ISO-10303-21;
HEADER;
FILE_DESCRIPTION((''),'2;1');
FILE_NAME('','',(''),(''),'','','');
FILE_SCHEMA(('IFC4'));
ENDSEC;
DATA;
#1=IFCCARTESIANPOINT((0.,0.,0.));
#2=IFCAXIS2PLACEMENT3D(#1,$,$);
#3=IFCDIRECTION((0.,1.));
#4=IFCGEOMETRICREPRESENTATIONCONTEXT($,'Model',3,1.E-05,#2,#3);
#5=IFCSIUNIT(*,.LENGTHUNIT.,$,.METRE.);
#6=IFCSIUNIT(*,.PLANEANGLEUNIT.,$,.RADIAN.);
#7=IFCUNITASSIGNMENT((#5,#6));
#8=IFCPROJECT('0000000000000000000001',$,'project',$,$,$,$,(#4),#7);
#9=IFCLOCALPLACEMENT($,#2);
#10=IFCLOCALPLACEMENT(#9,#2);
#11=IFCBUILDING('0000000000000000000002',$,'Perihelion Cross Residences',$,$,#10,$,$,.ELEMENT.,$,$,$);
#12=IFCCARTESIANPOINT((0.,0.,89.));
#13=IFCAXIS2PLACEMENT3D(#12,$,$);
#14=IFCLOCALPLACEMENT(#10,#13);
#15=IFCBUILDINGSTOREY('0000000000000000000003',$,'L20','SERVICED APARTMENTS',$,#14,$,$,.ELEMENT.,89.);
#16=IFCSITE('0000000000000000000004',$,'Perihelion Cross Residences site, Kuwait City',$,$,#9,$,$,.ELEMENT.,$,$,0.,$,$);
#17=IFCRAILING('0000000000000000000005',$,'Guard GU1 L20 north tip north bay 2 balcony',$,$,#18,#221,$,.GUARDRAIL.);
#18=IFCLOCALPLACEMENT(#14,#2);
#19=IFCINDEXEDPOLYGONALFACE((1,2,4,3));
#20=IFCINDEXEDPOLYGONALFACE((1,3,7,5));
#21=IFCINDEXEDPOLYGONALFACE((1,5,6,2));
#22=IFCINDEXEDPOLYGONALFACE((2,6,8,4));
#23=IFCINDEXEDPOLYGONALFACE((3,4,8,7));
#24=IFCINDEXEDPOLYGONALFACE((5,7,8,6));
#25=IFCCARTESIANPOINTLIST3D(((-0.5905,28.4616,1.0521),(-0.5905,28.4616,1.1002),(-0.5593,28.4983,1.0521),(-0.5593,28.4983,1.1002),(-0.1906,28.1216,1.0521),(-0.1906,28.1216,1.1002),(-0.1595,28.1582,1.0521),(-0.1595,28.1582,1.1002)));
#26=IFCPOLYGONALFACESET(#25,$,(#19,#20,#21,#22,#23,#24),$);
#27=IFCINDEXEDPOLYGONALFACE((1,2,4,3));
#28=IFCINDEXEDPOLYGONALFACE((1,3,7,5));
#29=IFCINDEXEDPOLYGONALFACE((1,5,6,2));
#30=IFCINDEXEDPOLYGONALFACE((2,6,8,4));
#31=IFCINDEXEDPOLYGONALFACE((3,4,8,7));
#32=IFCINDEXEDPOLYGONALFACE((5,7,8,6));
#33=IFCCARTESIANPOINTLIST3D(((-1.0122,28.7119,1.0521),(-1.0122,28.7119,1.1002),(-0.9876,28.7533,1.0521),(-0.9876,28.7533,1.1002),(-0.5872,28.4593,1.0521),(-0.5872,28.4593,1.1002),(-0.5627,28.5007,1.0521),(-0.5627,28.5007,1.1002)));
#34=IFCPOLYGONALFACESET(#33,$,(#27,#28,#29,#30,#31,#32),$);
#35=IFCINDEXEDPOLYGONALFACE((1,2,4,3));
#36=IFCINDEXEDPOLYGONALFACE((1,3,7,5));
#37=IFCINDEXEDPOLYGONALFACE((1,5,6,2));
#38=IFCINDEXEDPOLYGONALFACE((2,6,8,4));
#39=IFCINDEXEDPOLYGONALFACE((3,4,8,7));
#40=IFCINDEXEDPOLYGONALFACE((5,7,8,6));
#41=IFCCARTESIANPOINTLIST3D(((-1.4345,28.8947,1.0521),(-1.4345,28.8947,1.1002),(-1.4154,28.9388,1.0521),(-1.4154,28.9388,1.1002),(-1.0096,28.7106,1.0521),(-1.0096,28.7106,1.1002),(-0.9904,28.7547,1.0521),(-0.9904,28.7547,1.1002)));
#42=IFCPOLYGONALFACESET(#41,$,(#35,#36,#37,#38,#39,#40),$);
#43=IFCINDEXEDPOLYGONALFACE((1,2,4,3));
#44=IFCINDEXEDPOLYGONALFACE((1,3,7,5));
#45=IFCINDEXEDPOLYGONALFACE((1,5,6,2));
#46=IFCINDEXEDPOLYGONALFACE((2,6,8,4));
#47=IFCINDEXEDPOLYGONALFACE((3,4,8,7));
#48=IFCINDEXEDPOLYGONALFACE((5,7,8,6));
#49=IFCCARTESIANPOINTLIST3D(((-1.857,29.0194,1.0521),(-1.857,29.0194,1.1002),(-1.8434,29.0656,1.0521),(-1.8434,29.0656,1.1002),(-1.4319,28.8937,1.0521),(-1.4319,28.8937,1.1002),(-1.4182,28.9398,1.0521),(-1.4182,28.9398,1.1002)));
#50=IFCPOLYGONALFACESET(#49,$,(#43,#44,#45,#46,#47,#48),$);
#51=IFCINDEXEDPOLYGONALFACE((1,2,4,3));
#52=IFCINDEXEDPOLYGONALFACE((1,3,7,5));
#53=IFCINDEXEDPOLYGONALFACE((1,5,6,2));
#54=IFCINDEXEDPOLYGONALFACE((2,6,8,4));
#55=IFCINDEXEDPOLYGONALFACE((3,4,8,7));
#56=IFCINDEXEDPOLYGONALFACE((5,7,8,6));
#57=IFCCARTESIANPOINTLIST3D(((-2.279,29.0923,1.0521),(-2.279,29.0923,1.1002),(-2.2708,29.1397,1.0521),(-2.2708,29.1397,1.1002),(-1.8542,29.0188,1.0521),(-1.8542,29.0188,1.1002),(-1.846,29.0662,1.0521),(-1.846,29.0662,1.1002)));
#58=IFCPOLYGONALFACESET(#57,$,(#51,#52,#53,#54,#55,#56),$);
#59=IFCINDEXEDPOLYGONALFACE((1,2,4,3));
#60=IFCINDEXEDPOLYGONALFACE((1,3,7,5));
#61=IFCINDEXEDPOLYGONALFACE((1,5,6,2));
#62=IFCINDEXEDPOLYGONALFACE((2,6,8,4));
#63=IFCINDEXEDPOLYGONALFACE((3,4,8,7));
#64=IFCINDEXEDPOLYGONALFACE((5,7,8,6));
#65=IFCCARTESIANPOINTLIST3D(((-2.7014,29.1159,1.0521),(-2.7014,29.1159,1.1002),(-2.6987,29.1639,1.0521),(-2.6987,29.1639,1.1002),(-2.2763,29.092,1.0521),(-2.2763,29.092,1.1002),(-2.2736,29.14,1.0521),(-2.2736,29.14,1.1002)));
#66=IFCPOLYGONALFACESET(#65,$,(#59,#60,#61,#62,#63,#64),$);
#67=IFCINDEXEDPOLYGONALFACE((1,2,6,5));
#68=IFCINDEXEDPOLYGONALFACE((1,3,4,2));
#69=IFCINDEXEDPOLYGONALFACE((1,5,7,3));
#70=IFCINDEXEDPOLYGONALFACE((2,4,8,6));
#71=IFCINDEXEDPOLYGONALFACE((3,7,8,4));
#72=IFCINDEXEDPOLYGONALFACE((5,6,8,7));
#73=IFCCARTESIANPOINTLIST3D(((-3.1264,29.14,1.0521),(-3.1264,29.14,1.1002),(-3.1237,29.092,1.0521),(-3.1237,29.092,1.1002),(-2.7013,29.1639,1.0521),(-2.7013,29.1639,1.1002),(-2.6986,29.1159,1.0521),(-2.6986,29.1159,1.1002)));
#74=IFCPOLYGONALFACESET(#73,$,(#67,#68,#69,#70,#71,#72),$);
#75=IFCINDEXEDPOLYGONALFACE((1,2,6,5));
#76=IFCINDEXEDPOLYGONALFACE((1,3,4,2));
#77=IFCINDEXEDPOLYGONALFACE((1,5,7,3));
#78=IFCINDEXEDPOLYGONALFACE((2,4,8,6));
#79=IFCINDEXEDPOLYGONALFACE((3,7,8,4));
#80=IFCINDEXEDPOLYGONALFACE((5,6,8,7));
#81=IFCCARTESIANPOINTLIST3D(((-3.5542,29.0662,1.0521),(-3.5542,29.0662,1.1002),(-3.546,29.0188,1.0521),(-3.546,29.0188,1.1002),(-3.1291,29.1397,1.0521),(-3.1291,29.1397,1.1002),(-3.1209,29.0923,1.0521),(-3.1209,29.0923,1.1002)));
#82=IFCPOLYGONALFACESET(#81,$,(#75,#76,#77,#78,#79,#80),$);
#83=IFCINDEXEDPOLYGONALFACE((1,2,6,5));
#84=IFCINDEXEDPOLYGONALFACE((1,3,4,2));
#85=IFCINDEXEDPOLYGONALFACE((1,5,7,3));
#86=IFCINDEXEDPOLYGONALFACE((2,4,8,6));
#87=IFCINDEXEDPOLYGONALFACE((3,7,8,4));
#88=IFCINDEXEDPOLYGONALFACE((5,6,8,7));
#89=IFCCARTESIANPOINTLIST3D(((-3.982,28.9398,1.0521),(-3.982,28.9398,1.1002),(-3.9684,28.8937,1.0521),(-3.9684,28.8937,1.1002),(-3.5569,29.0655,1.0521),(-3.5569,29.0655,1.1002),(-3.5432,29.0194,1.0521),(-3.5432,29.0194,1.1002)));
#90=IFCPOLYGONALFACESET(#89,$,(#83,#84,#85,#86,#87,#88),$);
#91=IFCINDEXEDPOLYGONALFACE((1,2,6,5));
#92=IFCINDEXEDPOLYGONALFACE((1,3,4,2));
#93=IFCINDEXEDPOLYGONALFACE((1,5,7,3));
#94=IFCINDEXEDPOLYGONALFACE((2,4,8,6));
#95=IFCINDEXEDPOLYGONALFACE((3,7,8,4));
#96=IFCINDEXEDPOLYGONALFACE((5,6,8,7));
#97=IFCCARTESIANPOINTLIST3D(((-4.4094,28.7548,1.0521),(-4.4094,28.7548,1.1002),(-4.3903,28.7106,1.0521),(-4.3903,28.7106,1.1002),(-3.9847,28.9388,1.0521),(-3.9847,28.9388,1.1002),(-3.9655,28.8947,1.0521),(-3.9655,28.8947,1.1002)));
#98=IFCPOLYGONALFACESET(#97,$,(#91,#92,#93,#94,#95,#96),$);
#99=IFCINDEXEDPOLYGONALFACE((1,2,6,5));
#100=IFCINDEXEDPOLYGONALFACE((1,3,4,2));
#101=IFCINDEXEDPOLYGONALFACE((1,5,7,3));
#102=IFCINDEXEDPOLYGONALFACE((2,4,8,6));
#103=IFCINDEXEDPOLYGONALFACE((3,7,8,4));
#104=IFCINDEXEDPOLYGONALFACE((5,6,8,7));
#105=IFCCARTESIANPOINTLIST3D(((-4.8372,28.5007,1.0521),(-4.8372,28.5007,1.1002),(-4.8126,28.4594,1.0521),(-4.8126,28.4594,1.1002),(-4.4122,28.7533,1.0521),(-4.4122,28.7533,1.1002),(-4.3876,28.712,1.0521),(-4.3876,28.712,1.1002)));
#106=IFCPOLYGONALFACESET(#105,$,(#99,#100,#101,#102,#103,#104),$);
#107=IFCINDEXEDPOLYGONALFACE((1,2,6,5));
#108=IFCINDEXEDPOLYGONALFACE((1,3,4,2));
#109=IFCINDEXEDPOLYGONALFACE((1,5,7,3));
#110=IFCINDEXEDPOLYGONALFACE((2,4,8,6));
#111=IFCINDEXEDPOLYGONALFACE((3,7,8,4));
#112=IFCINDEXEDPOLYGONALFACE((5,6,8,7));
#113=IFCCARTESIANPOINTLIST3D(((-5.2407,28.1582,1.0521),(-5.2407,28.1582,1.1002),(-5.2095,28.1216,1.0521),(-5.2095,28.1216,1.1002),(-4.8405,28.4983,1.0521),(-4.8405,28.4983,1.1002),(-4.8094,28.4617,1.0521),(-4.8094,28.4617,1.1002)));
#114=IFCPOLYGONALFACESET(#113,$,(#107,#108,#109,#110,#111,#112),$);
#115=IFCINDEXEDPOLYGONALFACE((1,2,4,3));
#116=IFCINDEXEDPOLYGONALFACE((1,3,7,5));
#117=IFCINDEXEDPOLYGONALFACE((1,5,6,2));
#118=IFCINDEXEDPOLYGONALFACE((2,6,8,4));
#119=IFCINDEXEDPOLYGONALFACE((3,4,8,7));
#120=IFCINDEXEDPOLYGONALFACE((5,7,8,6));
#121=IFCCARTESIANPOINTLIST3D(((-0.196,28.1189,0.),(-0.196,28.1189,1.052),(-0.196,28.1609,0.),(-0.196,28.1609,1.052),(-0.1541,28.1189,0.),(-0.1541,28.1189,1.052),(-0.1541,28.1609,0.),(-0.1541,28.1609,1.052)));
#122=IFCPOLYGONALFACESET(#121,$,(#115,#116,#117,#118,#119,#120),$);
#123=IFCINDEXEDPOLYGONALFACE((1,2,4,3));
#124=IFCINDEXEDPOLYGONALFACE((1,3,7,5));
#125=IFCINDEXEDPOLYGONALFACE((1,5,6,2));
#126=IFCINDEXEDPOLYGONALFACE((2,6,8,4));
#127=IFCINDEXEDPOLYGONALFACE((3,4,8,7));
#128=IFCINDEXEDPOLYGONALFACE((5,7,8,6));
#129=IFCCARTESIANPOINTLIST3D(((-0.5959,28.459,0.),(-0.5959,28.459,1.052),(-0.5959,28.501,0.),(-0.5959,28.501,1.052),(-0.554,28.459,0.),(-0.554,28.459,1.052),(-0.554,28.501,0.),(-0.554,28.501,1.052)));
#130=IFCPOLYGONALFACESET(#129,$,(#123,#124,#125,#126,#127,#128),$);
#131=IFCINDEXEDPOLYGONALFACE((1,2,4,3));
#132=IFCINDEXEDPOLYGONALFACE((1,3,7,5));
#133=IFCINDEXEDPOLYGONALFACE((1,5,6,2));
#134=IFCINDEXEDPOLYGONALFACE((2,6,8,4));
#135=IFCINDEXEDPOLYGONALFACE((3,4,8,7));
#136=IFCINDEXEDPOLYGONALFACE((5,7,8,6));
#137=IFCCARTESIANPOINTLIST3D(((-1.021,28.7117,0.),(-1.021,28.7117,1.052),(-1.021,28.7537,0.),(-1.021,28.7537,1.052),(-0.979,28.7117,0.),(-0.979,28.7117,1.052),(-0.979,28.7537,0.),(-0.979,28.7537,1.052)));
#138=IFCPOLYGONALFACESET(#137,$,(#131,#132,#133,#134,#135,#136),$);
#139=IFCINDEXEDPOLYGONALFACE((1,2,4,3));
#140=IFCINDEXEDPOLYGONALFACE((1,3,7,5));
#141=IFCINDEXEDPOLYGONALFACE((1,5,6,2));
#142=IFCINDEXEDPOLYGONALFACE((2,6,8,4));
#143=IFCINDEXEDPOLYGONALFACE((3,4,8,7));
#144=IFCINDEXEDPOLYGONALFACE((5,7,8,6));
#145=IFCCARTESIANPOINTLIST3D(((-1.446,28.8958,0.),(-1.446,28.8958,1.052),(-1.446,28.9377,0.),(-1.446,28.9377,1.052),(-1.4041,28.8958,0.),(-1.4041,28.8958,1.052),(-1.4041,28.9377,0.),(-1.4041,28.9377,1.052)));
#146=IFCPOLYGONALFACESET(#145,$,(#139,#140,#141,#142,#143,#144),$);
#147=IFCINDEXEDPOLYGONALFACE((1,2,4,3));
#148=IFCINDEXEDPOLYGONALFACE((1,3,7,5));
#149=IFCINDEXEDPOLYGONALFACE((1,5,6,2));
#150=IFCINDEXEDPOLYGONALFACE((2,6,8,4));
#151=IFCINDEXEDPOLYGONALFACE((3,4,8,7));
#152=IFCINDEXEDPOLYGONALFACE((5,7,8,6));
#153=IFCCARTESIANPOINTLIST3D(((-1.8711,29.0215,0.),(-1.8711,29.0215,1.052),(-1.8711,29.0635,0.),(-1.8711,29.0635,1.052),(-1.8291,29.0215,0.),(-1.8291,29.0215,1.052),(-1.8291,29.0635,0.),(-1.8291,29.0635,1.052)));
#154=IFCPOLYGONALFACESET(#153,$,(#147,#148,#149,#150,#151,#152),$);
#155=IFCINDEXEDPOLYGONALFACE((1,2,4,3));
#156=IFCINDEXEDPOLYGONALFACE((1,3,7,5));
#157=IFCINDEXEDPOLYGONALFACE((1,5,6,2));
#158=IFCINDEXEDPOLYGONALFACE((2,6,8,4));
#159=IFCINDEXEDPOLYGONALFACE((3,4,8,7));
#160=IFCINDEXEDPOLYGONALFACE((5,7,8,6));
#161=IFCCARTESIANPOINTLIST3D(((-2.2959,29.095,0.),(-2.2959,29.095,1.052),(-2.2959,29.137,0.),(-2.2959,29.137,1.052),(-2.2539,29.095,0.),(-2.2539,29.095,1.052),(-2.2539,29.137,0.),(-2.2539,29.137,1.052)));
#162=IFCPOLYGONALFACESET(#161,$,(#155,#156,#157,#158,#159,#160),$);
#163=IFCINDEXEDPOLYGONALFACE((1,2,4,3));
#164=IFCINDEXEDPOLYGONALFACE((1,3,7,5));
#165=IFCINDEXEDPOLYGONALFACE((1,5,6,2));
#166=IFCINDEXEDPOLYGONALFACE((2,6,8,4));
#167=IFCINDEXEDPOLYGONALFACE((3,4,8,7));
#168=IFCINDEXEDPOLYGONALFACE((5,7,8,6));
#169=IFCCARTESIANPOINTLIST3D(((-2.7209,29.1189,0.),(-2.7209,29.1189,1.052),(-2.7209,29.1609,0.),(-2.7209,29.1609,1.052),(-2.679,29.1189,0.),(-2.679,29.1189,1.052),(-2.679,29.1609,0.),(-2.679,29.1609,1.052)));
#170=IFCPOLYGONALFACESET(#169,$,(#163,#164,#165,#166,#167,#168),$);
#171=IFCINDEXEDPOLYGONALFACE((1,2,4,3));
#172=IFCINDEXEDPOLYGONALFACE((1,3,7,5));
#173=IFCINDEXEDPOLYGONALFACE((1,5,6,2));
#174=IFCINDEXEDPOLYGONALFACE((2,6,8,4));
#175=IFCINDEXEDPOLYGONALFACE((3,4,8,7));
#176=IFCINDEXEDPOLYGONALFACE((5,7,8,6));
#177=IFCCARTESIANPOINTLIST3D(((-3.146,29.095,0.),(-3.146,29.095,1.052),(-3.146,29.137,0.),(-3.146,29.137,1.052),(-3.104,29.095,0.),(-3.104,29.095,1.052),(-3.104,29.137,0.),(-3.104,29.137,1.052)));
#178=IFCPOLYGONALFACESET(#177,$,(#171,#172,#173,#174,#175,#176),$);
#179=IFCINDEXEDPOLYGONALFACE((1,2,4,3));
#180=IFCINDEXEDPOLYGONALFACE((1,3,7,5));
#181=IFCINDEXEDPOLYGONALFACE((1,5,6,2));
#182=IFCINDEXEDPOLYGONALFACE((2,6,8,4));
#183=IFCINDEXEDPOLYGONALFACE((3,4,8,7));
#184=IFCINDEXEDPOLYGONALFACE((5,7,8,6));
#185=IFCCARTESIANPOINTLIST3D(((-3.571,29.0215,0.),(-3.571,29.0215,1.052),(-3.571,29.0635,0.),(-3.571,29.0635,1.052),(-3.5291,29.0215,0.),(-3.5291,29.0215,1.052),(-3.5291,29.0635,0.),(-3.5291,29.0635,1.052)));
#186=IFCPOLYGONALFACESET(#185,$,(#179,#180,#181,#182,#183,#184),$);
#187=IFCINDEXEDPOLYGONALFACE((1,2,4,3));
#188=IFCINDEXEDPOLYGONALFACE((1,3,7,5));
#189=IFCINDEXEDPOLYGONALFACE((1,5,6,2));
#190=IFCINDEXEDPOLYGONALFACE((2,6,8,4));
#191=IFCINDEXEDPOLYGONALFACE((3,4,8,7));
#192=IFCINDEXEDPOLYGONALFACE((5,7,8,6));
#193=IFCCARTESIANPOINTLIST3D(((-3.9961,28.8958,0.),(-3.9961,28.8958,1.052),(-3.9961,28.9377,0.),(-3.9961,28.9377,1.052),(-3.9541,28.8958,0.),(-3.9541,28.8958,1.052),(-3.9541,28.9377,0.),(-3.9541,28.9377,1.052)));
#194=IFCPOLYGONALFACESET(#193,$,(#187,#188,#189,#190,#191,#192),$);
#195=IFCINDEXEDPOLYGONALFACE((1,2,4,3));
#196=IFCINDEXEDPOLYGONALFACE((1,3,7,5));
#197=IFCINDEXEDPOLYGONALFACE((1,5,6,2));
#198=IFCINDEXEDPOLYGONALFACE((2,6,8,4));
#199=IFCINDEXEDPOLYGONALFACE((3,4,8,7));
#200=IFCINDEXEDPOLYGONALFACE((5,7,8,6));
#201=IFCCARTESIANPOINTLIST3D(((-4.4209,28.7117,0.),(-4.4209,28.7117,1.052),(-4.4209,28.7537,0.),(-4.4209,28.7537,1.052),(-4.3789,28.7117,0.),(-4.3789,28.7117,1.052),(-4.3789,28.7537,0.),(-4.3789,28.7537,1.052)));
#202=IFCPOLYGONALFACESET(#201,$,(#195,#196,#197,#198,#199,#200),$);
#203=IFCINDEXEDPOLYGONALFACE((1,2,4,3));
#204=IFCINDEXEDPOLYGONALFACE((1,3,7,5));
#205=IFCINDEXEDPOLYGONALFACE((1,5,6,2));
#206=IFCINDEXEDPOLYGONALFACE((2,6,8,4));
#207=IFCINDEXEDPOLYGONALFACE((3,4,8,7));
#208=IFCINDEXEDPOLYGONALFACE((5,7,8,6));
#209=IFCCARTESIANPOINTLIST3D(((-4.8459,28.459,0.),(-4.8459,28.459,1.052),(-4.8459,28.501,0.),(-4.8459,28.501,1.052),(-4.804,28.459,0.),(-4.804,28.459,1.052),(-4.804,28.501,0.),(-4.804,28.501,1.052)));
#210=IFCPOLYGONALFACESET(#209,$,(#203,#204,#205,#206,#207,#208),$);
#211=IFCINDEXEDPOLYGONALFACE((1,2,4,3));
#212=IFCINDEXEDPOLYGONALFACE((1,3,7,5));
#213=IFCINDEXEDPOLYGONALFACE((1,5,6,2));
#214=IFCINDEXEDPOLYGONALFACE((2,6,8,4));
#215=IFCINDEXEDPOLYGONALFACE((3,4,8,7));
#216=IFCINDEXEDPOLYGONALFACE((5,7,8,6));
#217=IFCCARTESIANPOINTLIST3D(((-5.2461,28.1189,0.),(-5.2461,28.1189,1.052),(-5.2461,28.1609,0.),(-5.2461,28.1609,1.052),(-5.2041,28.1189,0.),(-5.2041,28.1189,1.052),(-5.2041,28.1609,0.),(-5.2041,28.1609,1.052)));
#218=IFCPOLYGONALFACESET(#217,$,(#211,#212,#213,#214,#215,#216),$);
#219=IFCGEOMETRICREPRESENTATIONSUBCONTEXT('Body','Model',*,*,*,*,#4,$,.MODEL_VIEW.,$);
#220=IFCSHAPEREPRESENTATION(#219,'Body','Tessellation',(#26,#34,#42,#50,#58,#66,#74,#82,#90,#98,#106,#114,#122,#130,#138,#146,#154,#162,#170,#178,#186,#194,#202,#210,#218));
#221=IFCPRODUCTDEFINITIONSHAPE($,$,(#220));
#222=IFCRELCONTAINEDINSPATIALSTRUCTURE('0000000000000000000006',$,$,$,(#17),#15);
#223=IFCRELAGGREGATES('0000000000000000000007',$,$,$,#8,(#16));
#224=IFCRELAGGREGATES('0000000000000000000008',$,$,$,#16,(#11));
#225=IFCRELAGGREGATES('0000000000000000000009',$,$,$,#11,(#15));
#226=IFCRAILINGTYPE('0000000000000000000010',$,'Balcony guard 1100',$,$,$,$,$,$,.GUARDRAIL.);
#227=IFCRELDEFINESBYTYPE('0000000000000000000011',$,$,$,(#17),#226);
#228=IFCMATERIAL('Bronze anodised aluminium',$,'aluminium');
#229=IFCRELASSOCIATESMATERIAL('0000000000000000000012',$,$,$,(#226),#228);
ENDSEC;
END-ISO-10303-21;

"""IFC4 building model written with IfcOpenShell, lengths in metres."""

from ifc_helpers import new_model, si_unit, direction, frame, origin, origin_2d, place, context, subcontext, project, spatial, rectangle, extrude, material, type_object, element, save


model = new_model("IFC4")

# Units and contexts
model_context = context("Model", 3, precision=1e-05, world=origin(), true_north=direction((0.0, 1.0)))
body_context = subcontext(model_context, "Body", "Model", "MODEL_VIEW")
ifc_project = project(units=[si_unit("LENGTHUNIT", "METRE"), si_unit("PLANEANGLEUNIT", "RADIAN")], contexts=[model_context])

# Site, building, storey
site_placement = place(None, origin())
site = spatial("IfcSite", under=ifc_project, at=site_placement, Name="Perihelion Cross Residences site, Kuwait City", CompositionType="ELEMENT", RefElevation=0.0)
building_placement = place(site_placement, origin())
building = spatial("IfcBuilding", under=site, at=building_placement, Name="Perihelion Cross Residences", CompositionType="ELEMENT")
storey_placement = place(building_placement, frame((0.0, 0.0, 89.0)))
storey = spatial("IfcBuildingStorey", under=building, at=storey_placement, Name="L20", Description="SERVICED APARTMENTS", CompositionType="ELEMENT", Elevation=89.0)

# Railing
ifc_material_1 = material(Name="Bronze anodised aluminium", Category="aluminium")
railing_type = type_object("IfcRailingType", Name="Balcony guard 1100", PredefinedType="GUARDRAIL", material=ifc_material_1)
railing_placement = place(storey_placement, frame((-0.175, 28.1399, 0.0)))
element("IfcRailing", 1, at=railing_placement, inside=storey, type_object=railing_type, Name="Guard GU1 L20 north tip north bay 2 balcony", PredefinedType="GUARDRAIL", context=body_context, shape_type="SweptSolid", body=[
    extrude(rectangle(XDim=0.0481, YDim=0.0481, at=origin_2d()), frame((0.0, 0.0, 1.0762), z_axis=(-0.761779, 0.647837, 0.0), x_axis=(-0.647837, -0.761779, 0.0)), (0.0, 0.0, 1.0), 0.5249),
    extrude(rectangle(XDim=0.0481, YDim=0.0481, at=origin_2d()), frame((-0.3999, 0.3401, 1.0762), z_axis=(-0.859577, 0.511006, 0.0), x_axis=(-0.511006, -0.859577, 0.0)), (0.0, 0.0, 1.0), 0.4944),
    extrude(rectangle(XDim=0.0481, YDim=0.0481, at=origin_2d()), frame((-0.825, 0.5928, 1.0762), z_axis=(-0.917639, 0.397415, 0.0), x_axis=(-0.397415, -0.917639, 0.0)), (0.0, 0.0, 1.0), 0.4631),
    extrude(rectangle(XDim=0.0481, YDim=0.0481, at=origin_2d()), frame((-1.25, 0.7769, 1.0762), z_axis=(-0.958926, 0.283657, 0.0), x_axis=(-0.283657, -0.958926, 0.0)), (0.0, 0.0, 1.0), 0.4434),
    extrude(rectangle(XDim=0.0481, YDim=0.0481, at=origin_2d()), frame((-1.675, 0.9026, 1.0762), z_axis=(-0.985365, 0.170457, 0.0), x_axis=(-0.170457, -0.985365, 0.0)), (0.0, 0.0, 1.0), 0.4312),
    extrude(rectangle(XDim=0.0481, YDim=0.0481, at=origin_2d()), frame((-2.0999, 0.9761, 1.0762), z_axis=(-0.99842, 0.056201, 0.0), x_axis=(-0.056201, -0.99842, 0.0)), (0.0, 0.0, 1.0), 0.4258),
    extrude(rectangle(XDim=0.0481, YDim=0.0481, at=origin_2d()), frame((-2.5249, 1.0, 1.0762), z_axis=(-0.99842, -0.056201, 0.0), x_axis=(0.056201, -0.99842, 0.0)), (0.0, 0.0, 1.0), 0.4258),
    extrude(rectangle(XDim=0.0481, YDim=0.0481, at=origin_2d()), frame((-2.95, 0.9761, 1.0762), z_axis=(-0.985382, -0.170362, 0.0), x_axis=(0.170362, -0.985382, 0.0)), (0.0, 0.0, 1.0), 0.4314),
    extrude(rectangle(XDim=0.0481, YDim=0.0481, at=origin_2d()), frame((-3.375, 0.9026, 1.0762), z_axis=(-0.958926, -0.283657, 0.0), x_axis=(0.283657, -0.958926, 0.0)), (0.0, 0.0, 1.0), 0.4434),
    extrude(rectangle(XDim=0.0481, YDim=0.0481, at=origin_2d()), frame((-3.8, 0.7769, 1.0762), z_axis=(-0.917556, -0.397607, 0.0), x_axis=(0.397607, -0.917556, 0.0)), (0.0, 0.0, 1.0), 0.4629),
    extrude(rectangle(XDim=0.0481, YDim=0.0481, at=origin_2d()), frame((-4.2249, 0.5928, 1.0762), z_axis=(-0.859577, -0.511006, 0.0), x_axis=(0.511006, -0.859577, 0.0)), (0.0, 0.0, 1.0), 0.4944),
    extrude(rectangle(XDim=0.0481, YDim=0.0481, at=origin_2d()), frame((-4.6499, 0.3401, 1.0762), z_axis=(-0.761974, -0.647608, 0.0), x_axis=(0.647608, -0.761974, 0.0)), (0.0, 0.0, 1.0), 0.5251),
    extrude(rectangle(XDim=0.042, YDim=0.042, at=origin_2d()), origin(), (0.0, 0.0, 1.0), 1.052),
    extrude(rectangle(XDim=0.042, YDim=0.042, at=origin_2d()), frame((-0.3999, 0.3401, 0.0)), (0.0, 0.0, 1.0), 1.052),
    extrude(rectangle(XDim=0.042, YDim=0.042, at=origin_2d()), frame((-0.825, 0.5928, 0.0)), (0.0, 0.0, 1.0), 1.052),
    extrude(rectangle(XDim=0.042, YDim=0.042, at=origin_2d()), frame((-1.25, 0.7769, 0.0)), (0.0, 0.0, 1.0), 1.052),
    extrude(rectangle(XDim=0.042, YDim=0.042, at=origin_2d()), frame((-1.675, 0.9026, 0.0)), (0.0, 0.0, 1.0), 1.052),
    extrude(rectangle(XDim=0.042, YDim=0.042, at=origin_2d()), frame((-2.0999, 0.9761, 0.0)), (0.0, 0.0, 1.0), 1.052),
    extrude(rectangle(XDim=0.042, YDim=0.042, at=origin_2d()), frame((-2.5249, 1.0, 0.0)), (0.0, 0.0, 1.0), 1.052),
    extrude(rectangle(XDim=0.042, YDim=0.042, at=origin_2d()), frame((-2.95, 0.9761, 0.0)), (0.0, 0.0, 1.0), 1.052),
    extrude(rectangle(XDim=0.042, YDim=0.042, at=origin_2d()), frame((-3.375, 0.9026, 0.0)), (0.0, 0.0, 1.0), 1.052),
    extrude(rectangle(XDim=0.042, YDim=0.042, at=origin_2d()), frame((-3.8, 0.7769, 0.0)), (0.0, 0.0, 1.0), 1.052),
    extrude(rectangle(XDim=0.042, YDim=0.042, at=origin_2d()), frame((-4.2249, 0.5928, 0.0)), (0.0, 0.0, 1.0), 1.052),
    extrude(rectangle(XDim=0.042, YDim=0.042, at=origin_2d()), frame((-4.6499, 0.3401, 0.0)), (0.0, 0.0, 1.0), 1.052),
    extrude(rectangle(XDim=0.042, YDim=0.042, at=origin_2d()), frame((-5.05, 0.0, 0.0)), (0.0, 0.0, 1.0), 1.052),
])

save(model, "model.ifc")
